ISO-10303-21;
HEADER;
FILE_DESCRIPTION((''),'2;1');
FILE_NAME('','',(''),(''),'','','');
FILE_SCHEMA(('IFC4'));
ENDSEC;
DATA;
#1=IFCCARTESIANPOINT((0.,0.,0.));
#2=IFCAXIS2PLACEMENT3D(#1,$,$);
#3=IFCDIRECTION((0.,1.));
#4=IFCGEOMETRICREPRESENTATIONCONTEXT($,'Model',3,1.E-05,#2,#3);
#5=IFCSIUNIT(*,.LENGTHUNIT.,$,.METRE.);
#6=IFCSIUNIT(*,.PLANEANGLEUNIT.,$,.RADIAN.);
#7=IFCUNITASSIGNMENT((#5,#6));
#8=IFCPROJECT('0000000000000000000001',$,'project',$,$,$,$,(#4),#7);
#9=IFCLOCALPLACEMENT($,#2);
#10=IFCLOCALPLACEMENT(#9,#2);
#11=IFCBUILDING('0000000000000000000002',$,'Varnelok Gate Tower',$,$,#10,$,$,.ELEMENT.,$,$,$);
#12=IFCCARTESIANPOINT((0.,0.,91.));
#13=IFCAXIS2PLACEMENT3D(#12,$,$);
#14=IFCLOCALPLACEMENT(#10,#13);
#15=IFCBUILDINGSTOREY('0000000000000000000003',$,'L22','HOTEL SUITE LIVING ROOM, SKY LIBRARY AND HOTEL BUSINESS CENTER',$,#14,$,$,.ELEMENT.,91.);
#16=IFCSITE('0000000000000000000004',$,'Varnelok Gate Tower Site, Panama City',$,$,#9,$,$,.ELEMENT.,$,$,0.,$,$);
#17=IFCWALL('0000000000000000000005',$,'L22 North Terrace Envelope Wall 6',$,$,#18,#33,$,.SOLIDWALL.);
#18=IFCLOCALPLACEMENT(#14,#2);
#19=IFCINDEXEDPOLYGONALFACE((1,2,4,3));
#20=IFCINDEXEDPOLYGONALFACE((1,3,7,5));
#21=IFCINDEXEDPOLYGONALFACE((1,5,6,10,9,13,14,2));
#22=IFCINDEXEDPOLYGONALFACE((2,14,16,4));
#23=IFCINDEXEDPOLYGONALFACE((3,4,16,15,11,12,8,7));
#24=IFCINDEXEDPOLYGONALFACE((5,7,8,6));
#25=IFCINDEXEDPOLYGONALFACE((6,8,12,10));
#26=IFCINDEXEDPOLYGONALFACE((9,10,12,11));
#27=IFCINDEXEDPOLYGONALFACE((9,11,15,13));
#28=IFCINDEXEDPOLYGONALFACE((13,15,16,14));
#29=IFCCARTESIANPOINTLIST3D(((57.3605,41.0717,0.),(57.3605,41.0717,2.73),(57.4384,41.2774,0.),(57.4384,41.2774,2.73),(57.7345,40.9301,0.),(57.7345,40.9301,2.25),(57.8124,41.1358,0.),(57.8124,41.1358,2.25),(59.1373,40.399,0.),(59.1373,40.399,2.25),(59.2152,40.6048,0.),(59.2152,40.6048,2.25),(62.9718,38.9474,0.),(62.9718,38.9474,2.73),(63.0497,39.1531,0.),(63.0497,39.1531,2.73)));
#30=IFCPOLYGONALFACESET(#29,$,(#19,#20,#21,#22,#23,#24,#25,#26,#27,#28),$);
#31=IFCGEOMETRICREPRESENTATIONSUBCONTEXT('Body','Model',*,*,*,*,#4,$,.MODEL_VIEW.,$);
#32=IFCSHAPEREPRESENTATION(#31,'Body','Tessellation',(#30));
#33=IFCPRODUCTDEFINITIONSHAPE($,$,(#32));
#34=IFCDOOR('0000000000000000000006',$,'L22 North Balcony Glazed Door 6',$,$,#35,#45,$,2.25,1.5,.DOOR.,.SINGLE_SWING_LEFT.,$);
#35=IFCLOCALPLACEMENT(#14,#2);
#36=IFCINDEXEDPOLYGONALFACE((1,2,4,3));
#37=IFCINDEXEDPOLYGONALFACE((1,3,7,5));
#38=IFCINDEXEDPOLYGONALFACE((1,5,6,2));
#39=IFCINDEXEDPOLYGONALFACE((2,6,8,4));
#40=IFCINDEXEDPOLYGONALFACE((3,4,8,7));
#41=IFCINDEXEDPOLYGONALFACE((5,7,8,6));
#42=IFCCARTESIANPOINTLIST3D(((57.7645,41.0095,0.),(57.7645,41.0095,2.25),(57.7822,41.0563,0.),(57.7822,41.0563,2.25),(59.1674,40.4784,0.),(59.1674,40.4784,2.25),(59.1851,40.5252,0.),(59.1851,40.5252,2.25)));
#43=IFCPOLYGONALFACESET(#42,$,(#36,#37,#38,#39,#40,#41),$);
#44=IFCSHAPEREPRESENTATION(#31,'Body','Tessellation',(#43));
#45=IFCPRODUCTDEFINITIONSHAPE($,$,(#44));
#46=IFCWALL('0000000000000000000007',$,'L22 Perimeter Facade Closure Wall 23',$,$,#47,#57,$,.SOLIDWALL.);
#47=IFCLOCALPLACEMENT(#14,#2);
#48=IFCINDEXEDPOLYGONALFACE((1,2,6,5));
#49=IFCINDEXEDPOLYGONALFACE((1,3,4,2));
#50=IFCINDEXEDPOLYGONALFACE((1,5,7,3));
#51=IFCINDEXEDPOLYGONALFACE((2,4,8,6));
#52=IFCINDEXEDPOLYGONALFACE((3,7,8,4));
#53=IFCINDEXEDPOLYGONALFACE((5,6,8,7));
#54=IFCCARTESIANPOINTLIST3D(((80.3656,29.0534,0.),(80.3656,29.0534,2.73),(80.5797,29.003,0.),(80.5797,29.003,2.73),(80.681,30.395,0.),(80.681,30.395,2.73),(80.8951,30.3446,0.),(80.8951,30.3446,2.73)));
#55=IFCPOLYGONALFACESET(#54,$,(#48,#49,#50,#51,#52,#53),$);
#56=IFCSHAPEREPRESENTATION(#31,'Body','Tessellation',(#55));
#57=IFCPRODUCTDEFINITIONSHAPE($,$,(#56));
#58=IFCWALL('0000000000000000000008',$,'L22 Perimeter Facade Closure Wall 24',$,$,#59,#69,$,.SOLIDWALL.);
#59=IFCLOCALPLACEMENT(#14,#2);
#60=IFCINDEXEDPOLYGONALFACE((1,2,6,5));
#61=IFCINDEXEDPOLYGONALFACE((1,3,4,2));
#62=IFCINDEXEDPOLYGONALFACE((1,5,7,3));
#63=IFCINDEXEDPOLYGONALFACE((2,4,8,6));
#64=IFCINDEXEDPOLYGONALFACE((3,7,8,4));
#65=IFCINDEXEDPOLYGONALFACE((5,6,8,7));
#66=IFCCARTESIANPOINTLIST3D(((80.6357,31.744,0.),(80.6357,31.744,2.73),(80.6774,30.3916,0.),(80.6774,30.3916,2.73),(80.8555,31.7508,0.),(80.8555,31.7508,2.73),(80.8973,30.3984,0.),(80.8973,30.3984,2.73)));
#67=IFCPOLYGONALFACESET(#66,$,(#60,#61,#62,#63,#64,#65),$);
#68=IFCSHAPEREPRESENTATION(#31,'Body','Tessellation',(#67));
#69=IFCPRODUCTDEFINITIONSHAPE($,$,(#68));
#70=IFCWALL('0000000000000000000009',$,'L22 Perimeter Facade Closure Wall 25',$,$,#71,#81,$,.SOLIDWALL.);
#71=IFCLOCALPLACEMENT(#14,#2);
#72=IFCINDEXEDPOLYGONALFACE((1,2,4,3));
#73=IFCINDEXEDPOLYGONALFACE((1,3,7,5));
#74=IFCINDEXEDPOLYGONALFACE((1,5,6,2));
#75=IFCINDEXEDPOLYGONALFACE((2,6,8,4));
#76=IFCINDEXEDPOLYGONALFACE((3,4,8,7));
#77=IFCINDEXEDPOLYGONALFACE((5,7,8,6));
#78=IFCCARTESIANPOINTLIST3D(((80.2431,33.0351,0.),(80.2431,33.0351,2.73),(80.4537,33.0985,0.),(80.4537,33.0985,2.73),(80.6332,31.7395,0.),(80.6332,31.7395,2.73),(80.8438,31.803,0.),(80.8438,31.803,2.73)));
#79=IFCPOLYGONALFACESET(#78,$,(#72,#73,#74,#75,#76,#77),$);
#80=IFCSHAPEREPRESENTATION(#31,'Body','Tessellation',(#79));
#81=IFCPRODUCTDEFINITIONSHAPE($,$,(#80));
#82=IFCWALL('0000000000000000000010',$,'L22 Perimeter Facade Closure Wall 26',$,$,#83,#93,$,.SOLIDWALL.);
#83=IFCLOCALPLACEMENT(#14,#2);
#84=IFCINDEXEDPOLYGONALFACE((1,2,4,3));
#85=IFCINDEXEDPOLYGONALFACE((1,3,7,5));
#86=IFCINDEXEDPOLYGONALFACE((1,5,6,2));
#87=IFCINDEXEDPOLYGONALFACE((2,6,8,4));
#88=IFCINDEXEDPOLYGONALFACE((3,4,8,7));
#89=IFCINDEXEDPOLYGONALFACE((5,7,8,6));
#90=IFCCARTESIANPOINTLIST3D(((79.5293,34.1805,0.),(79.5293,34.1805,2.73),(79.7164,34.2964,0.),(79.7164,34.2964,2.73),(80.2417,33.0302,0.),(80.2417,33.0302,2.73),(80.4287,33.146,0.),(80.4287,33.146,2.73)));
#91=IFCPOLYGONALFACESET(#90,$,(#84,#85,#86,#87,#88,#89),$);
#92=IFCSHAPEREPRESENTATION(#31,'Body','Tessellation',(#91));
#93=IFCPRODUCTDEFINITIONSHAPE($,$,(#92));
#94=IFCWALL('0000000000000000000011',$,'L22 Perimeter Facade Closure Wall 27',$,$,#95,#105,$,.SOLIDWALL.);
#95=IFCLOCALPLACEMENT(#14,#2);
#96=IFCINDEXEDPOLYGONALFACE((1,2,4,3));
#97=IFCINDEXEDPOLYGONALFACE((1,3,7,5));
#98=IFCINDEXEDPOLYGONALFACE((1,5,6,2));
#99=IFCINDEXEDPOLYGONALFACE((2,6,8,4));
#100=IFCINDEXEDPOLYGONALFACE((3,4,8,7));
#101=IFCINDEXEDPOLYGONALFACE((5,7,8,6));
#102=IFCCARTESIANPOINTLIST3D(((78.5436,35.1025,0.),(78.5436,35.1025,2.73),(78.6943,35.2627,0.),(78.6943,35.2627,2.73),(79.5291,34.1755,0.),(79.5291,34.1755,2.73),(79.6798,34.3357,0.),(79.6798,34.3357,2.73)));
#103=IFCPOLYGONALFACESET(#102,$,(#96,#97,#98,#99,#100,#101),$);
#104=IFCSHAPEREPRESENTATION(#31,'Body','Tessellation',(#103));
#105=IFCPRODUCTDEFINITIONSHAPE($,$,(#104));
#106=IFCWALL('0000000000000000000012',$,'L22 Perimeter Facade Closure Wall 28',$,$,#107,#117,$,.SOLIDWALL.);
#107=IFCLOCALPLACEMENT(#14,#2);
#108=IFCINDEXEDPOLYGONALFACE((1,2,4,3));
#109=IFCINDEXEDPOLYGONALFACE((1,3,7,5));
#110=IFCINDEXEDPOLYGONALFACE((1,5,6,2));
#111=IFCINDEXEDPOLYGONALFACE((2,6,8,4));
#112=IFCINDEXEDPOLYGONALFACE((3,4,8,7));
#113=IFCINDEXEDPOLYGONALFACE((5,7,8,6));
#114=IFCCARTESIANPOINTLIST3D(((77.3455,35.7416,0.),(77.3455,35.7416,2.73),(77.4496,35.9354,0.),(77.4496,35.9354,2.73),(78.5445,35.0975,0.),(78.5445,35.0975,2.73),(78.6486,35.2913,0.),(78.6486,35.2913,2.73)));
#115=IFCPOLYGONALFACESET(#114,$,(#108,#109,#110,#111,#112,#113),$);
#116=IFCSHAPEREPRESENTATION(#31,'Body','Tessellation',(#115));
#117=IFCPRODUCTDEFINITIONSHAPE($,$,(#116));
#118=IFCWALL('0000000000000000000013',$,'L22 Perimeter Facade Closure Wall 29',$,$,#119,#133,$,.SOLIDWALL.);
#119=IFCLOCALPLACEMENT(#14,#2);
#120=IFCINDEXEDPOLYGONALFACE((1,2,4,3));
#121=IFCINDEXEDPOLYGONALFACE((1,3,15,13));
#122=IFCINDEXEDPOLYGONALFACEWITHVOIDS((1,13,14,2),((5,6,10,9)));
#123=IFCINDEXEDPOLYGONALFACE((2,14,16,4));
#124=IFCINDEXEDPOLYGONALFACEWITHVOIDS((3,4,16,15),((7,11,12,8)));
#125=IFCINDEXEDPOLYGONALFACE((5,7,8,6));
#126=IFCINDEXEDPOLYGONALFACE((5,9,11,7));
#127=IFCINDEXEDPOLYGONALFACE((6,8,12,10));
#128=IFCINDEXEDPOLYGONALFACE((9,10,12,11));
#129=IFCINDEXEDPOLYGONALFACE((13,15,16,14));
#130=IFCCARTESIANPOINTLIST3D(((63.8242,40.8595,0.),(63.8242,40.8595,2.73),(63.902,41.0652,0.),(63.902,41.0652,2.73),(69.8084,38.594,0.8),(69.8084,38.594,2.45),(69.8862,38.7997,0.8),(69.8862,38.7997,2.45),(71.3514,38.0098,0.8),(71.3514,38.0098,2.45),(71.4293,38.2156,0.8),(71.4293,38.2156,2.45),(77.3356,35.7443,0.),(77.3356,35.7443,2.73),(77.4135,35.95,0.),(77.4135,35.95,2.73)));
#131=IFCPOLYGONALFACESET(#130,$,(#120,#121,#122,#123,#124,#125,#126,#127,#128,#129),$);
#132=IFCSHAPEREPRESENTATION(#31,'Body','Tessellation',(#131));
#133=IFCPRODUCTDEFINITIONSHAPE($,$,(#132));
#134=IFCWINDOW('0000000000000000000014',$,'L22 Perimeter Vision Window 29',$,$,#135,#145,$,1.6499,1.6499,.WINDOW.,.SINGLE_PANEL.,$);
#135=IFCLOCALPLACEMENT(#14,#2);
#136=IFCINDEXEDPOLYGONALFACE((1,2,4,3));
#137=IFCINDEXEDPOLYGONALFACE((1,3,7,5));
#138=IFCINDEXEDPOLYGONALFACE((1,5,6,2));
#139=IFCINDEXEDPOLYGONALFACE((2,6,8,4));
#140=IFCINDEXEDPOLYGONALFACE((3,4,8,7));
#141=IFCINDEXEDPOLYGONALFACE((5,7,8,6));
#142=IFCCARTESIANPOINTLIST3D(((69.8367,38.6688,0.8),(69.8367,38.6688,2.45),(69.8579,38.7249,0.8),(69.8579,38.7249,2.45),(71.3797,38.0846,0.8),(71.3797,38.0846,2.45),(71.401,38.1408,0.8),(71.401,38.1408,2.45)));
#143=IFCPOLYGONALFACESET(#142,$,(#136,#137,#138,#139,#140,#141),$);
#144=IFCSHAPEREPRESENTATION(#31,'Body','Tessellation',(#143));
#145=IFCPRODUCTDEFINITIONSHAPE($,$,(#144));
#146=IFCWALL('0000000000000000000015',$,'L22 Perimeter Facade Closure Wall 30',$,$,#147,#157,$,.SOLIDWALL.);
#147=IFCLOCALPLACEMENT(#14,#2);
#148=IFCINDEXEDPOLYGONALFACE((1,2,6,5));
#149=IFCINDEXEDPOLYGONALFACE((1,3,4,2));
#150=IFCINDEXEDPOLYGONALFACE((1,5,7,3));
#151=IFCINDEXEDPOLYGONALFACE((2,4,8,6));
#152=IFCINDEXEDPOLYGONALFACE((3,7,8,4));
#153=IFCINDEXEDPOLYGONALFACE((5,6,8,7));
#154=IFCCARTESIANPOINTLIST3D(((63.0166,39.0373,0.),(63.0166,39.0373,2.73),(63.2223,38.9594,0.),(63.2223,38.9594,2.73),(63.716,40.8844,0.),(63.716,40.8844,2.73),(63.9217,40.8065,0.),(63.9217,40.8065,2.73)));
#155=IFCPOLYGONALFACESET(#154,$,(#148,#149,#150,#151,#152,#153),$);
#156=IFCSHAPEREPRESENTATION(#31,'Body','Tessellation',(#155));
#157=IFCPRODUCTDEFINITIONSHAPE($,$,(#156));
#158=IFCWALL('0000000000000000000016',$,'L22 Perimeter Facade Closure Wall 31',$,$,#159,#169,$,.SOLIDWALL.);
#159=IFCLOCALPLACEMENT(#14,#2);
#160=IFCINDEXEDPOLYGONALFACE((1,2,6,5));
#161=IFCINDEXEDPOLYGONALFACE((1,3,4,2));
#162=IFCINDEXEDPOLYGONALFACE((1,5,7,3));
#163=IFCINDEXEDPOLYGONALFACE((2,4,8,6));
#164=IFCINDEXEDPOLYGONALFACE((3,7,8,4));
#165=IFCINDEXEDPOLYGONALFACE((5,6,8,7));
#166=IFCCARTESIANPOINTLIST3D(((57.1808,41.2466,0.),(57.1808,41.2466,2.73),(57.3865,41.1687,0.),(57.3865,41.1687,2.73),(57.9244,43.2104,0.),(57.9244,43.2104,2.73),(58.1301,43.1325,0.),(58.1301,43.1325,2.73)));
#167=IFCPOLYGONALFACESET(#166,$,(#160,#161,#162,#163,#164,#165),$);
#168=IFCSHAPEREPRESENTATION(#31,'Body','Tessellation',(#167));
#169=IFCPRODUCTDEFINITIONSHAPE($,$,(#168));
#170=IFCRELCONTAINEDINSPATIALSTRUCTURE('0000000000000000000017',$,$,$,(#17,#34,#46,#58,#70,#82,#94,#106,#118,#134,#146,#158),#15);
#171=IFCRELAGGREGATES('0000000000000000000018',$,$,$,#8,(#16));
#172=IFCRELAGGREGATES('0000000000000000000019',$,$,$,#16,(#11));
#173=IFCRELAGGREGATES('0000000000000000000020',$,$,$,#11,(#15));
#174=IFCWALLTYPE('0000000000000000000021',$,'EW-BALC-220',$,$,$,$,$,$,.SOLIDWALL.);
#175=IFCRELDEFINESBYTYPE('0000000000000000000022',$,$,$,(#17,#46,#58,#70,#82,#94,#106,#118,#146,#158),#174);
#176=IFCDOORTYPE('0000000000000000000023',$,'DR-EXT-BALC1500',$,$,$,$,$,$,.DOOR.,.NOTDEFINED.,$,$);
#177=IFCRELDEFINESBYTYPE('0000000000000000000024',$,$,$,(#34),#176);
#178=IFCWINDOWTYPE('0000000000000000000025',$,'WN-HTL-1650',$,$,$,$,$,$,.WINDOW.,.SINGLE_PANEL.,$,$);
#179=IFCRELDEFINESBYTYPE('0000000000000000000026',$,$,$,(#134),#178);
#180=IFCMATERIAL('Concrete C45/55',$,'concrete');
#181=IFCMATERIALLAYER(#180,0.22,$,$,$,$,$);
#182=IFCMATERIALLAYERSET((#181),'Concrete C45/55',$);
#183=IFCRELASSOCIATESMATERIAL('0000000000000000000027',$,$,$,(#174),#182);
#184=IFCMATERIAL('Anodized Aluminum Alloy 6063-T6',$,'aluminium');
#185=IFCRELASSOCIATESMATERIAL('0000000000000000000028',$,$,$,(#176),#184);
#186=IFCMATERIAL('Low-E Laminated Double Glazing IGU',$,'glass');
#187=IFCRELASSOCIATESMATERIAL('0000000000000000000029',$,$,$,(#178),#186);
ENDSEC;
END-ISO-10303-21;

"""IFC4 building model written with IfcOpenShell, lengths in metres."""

from ifc_helpers import new_model, si_unit, direction, frame, frame_2d, origin, place, context, subcontext, project, spatial, rectangle, extrude, material, layer, layer_set, type_object, element, fill, save


model = new_model("IFC4")

# Units and contexts
model_context = context("Model", 3, precision=1e-05, world=origin(), true_north=direction((0.0, 1.0)))
body_context = subcontext(model_context, "Body", "Model", "MODEL_VIEW")
ifc_project = project(units=[si_unit("LENGTHUNIT", "METRE"), si_unit("PLANEANGLEUNIT", "RADIAN")], contexts=[model_context])

# Site, building, storey
site_placement = place(None, origin())
site = spatial("IfcSite", under=ifc_project, at=site_placement, Name="Varnelok Gate Tower Site, Panama City", CompositionType="ELEMENT", RefElevation=0.0)
building_placement = place(site_placement, origin())
building = spatial("IfcBuilding", under=site, at=building_placement, Name="Varnelok Gate Tower", CompositionType="ELEMENT")
storey_placement = place(building_placement, frame((0.0, 0.0, 91.0)))
storey = spatial("IfcBuildingStorey", under=building, at=storey_placement, Name="L22", Description="HOTEL SUITE LIVING ROOM, SKY LIBRARY AND HOTEL BUSINESS CENTER", CompositionType="ELEMENT", Elevation=91.0)

# Shared definitions
ifc_material_1 = material(Name="Anodized Aluminum Alloy 6063-T6", Category="aluminium")

# Wall, opening, door
ifc_material_2 = material(Name="Concrete C45/55", Category="concrete")
ifc_layer_1 = layer(ifc_material_2, 0.22)
ifc_layer_set_1 = layer_set([ifc_layer_1], Name="Concrete C45/55")
wall_type = type_object("IfcWallType", Name="EW-BALC-220", PredefinedType="SOLIDWALL", material=ifc_layer_set_1)
wall_1_placement = place(storey_placement, frame((57.3994, 41.1746, 0.0), z_axis=(0.0, 0.0, 1.0), x_axis=(0.935228, -0.354047, 0.0)))
wall_1 = element("IfcWall", 1, at=wall_1_placement, inside=storey, type_object=wall_type, Name="L22 North Terrace Envelope Wall 6", PredefinedType="SOLIDWALL", context=body_context, shape_type="SweptSolid", body=[
    extrude(rectangle(XDim=6.0, YDim=0.22, at=frame_2d((3.0, 0.0))), origin(), (0.0, 0.0, 1.0), 2.73),
])
opening_1_placement = place(wall_1_placement, frame((0.3999, 0.0, 0.0)))
opening_1 = element("IfcOpeningElement", 2, at=opening_1_placement, cuts=wall_1, PredefinedType="OPENING", context=body_context, shape_type="SweptSolid", body=[
    extrude(rectangle(XDim=1.5, YDim=2.25, at=frame_2d((0.75, 1.125))), frame((0.0, 0.1199, 0.0), z_axis=(0.0, -1.0, 0.0), x_axis=(1.0, 0.0, 0.0)), (0.0, 0.0, 1.0), 0.24),
])
door_type = type_object("IfcDoorType", Name="DR-EXT-BALC1500", OperationType="NOTDEFINED", PredefinedType="DOOR", material=ifc_material_1)
door_placement = place(opening_1_placement, origin())
door = element("IfcDoor", 3, at=door_placement, inside=storey, type_object=door_type, Name="L22 North Balcony Glazed Door 6", OperationType="SINGLE_SWING_LEFT", OverallHeight=2.25, OverallWidth=1.5, PredefinedType="DOOR", context=body_context, shape_type="SweptSolid", body=[
    extrude(rectangle(XDim=1.5, YDim=2.25, at=frame_2d((0.75, 1.125))), frame((0.0, 0.0249, 0.0), z_axis=(0.0, -1.0, 0.0), x_axis=(1.0, 0.0, 0.0)), (0.0, 0.0, 1.0), 0.05),
])
fill(opening_1, door)

# Walls
wall_2_placement = place(storey_placement, frame((80.4727, 29.0283, 0.0), z_axis=(0.0, 0.0, 1.0), x_axis=(0.228881, 0.973454, 0.0)))
element("IfcWall", 4, at=wall_2_placement, inside=storey, type_object=wall_type, Name="L22 Perimeter Facade Closure Wall 23", PredefinedType="SOLIDWALL", context=body_context, shape_type="SweptSolid", body=[
    extrude(rectangle(XDim=1.3782, YDim=0.22, at=frame_2d((0.689, 0.0))), origin(), (0.0, 0.0, 1.0), 2.73),
])
for number, where, z_axis, x_axis, name in (
    (5, (80.7874, 30.395, 0.0), (0.0, 0.0, 1.0), (-0.030857, 0.999524, 0.0), "L22 Perimeter Facade Closure Wall 24"),
    (6, (80.7385, 31.7712, 0.0), (0.0, 0.0, 1.0), (-0.288324, 0.957533, 0.0), "L22 Perimeter Facade Closure Wall 25"),
    (7, (80.3352, 33.0881, 0.0), (0.0, 0.0, 1.0), (-0.526491, 0.850181, 0.0), "L22 Perimeter Facade Closure Wall 26"),
    (8, (79.6045, 34.2556, 0.0), (0.0, 0.0, 1.0), (-0.728428, 0.685123, 0.0), "L22 Perimeter Facade Closure Wall 27"),
):
    element("IfcWall", number, at=place(storey_placement, frame(where, z_axis=z_axis, x_axis=x_axis)), inside=storey, type_object=wall_type, Name=name, PredefinedType="SOLIDWALL", context=body_context, shape_type="SweptSolid", body=[
        extrude(rectangle(XDim=1.353, YDim=0.22, at=frame_2d((0.6765, 0.0))), origin(), (0.0, 0.0, 1.0), 2.73),
    ])
wall_3_placement = place(storey_placement, frame((78.5967, 35.1943, 0.0), z_axis=(0.0, 0.0, 1.0), x_axis=(-0.880949, 0.473212, 0.0)))
element("IfcWall", 9, at=wall_3_placement, inside=storey, type_object=wall_type, Name="L22 Perimeter Facade Closure Wall 28", PredefinedType="SOLIDWALL", context=body_context, shape_type="SweptSolid", body=[
    extrude(rectangle(XDim=1.3611, YDim=0.22, at=frame_2d((0.6807, 0.0))), origin(), (0.0, 0.0, 1.0), 2.73),
])

# Wall, opening, window
wall_4_placement = place(storey_placement, frame((77.3745, 35.8472, 0.0), z_axis=(0.0, 0.0, 1.0), x_axis=(-0.935222, 0.354061, 0.0)))
wall_4 = element("IfcWall", 10, at=wall_4_placement, inside=storey, type_object=wall_type, Name="L22 Perimeter Facade Closure Wall 29", PredefinedType="SOLIDWALL", context=body_context, shape_type="SweptSolid", body=[
    extrude(rectangle(XDim=14.4473, YDim=0.22, at=frame_2d((7.2236, 0.0))), origin(), (0.0, 0.0, 1.0), 2.73),
])
opening_2_placement = place(wall_4_placement, frame((6.3987, 0.0, 0.8)))
opening_2 = element("IfcOpeningElement", 11, at=opening_2_placement, cuts=wall_4, PredefinedType="OPENING", context=body_context, shape_type="SweptSolid", body=[
    extrude(rectangle(XDim=1.6499, YDim=1.6499, at=frame_2d((0.825, 0.825))), frame((0.0, 0.1199, 0.0), z_axis=(0.0, -1.0, 0.0), x_axis=(1.0, 0.0, 0.0)), (0.0, 0.0, 1.0), 0.24),
])
ifc_material_3 = material(Name="Low-E Laminated Double Glazing IGU", Category="glass")
window_type = type_object("IfcWindowType", Name="WN-HTL-1650", PartitioningType="SINGLE_PANEL", PredefinedType="WINDOW", material=ifc_material_3)
window_1_placement = place(opening_2_placement, origin())
window_1 = element("IfcWindow", 12, at=window_1_placement, inside=storey, type_object=window_type, Name="L22 Perimeter Vision Window 29", OverallHeight=1.6499, OverallWidth=1.6499, PartitioningType="SINGLE_PANEL", PredefinedType="WINDOW", context=body_context, shape_type="SweptSolid", body=[
    extrude(rectangle(XDim=1.6499, YDim=1.6499, at=frame_2d((0.825, 0.825))), frame((0.0, 0.03, 0.0), z_axis=(0.0, -1.0, 0.0), x_axis=(1.0, 0.0, 0.0)), (0.0, 0.0, 1.0), 0.0601),
])
fill(opening_2, window_1)

# Walls
wall_5_placement = place(storey_placement, frame((63.8188, 40.8455, 0.0), z_axis=(0.0, 0.0, 1.0), x_axis=(-0.354129, -0.935197, 0.0)))
element("IfcWall", 13, at=wall_5_placement, inside=storey, type_object=wall_type, Name="L22 Perimeter Facade Closure Wall 30", PredefinedType="SOLIDWALL", context=body_context, shape_type="SweptSolid", body=[
    extrude(rectangle(XDim=1.9751, YDim=0.22, at=frame_2d((0.9875, 0.0))), origin(), (0.0, 0.0, 1.0), 2.73),
])
wall_6_placement = place(storey_placement, frame((57.2837, 41.2078, 0.0), z_axis=(0.0, 0.0, 1.0), x_axis=(0.354128, 0.935197, 0.0)))
element("IfcWall", 14, at=wall_6_placement, inside=storey, type_object=wall_type, Name="L22 Perimeter Facade Closure Wall 31", PredefinedType="SOLIDWALL", context=body_context, shape_type="SweptSolid", body=[
    extrude(rectangle(XDim=2.0999, YDim=0.22, at=frame_2d((1.0498, 0.0))), origin(), (0.0, 0.0, 1.0), 2.73),
])

save(model, "model.ifc")
